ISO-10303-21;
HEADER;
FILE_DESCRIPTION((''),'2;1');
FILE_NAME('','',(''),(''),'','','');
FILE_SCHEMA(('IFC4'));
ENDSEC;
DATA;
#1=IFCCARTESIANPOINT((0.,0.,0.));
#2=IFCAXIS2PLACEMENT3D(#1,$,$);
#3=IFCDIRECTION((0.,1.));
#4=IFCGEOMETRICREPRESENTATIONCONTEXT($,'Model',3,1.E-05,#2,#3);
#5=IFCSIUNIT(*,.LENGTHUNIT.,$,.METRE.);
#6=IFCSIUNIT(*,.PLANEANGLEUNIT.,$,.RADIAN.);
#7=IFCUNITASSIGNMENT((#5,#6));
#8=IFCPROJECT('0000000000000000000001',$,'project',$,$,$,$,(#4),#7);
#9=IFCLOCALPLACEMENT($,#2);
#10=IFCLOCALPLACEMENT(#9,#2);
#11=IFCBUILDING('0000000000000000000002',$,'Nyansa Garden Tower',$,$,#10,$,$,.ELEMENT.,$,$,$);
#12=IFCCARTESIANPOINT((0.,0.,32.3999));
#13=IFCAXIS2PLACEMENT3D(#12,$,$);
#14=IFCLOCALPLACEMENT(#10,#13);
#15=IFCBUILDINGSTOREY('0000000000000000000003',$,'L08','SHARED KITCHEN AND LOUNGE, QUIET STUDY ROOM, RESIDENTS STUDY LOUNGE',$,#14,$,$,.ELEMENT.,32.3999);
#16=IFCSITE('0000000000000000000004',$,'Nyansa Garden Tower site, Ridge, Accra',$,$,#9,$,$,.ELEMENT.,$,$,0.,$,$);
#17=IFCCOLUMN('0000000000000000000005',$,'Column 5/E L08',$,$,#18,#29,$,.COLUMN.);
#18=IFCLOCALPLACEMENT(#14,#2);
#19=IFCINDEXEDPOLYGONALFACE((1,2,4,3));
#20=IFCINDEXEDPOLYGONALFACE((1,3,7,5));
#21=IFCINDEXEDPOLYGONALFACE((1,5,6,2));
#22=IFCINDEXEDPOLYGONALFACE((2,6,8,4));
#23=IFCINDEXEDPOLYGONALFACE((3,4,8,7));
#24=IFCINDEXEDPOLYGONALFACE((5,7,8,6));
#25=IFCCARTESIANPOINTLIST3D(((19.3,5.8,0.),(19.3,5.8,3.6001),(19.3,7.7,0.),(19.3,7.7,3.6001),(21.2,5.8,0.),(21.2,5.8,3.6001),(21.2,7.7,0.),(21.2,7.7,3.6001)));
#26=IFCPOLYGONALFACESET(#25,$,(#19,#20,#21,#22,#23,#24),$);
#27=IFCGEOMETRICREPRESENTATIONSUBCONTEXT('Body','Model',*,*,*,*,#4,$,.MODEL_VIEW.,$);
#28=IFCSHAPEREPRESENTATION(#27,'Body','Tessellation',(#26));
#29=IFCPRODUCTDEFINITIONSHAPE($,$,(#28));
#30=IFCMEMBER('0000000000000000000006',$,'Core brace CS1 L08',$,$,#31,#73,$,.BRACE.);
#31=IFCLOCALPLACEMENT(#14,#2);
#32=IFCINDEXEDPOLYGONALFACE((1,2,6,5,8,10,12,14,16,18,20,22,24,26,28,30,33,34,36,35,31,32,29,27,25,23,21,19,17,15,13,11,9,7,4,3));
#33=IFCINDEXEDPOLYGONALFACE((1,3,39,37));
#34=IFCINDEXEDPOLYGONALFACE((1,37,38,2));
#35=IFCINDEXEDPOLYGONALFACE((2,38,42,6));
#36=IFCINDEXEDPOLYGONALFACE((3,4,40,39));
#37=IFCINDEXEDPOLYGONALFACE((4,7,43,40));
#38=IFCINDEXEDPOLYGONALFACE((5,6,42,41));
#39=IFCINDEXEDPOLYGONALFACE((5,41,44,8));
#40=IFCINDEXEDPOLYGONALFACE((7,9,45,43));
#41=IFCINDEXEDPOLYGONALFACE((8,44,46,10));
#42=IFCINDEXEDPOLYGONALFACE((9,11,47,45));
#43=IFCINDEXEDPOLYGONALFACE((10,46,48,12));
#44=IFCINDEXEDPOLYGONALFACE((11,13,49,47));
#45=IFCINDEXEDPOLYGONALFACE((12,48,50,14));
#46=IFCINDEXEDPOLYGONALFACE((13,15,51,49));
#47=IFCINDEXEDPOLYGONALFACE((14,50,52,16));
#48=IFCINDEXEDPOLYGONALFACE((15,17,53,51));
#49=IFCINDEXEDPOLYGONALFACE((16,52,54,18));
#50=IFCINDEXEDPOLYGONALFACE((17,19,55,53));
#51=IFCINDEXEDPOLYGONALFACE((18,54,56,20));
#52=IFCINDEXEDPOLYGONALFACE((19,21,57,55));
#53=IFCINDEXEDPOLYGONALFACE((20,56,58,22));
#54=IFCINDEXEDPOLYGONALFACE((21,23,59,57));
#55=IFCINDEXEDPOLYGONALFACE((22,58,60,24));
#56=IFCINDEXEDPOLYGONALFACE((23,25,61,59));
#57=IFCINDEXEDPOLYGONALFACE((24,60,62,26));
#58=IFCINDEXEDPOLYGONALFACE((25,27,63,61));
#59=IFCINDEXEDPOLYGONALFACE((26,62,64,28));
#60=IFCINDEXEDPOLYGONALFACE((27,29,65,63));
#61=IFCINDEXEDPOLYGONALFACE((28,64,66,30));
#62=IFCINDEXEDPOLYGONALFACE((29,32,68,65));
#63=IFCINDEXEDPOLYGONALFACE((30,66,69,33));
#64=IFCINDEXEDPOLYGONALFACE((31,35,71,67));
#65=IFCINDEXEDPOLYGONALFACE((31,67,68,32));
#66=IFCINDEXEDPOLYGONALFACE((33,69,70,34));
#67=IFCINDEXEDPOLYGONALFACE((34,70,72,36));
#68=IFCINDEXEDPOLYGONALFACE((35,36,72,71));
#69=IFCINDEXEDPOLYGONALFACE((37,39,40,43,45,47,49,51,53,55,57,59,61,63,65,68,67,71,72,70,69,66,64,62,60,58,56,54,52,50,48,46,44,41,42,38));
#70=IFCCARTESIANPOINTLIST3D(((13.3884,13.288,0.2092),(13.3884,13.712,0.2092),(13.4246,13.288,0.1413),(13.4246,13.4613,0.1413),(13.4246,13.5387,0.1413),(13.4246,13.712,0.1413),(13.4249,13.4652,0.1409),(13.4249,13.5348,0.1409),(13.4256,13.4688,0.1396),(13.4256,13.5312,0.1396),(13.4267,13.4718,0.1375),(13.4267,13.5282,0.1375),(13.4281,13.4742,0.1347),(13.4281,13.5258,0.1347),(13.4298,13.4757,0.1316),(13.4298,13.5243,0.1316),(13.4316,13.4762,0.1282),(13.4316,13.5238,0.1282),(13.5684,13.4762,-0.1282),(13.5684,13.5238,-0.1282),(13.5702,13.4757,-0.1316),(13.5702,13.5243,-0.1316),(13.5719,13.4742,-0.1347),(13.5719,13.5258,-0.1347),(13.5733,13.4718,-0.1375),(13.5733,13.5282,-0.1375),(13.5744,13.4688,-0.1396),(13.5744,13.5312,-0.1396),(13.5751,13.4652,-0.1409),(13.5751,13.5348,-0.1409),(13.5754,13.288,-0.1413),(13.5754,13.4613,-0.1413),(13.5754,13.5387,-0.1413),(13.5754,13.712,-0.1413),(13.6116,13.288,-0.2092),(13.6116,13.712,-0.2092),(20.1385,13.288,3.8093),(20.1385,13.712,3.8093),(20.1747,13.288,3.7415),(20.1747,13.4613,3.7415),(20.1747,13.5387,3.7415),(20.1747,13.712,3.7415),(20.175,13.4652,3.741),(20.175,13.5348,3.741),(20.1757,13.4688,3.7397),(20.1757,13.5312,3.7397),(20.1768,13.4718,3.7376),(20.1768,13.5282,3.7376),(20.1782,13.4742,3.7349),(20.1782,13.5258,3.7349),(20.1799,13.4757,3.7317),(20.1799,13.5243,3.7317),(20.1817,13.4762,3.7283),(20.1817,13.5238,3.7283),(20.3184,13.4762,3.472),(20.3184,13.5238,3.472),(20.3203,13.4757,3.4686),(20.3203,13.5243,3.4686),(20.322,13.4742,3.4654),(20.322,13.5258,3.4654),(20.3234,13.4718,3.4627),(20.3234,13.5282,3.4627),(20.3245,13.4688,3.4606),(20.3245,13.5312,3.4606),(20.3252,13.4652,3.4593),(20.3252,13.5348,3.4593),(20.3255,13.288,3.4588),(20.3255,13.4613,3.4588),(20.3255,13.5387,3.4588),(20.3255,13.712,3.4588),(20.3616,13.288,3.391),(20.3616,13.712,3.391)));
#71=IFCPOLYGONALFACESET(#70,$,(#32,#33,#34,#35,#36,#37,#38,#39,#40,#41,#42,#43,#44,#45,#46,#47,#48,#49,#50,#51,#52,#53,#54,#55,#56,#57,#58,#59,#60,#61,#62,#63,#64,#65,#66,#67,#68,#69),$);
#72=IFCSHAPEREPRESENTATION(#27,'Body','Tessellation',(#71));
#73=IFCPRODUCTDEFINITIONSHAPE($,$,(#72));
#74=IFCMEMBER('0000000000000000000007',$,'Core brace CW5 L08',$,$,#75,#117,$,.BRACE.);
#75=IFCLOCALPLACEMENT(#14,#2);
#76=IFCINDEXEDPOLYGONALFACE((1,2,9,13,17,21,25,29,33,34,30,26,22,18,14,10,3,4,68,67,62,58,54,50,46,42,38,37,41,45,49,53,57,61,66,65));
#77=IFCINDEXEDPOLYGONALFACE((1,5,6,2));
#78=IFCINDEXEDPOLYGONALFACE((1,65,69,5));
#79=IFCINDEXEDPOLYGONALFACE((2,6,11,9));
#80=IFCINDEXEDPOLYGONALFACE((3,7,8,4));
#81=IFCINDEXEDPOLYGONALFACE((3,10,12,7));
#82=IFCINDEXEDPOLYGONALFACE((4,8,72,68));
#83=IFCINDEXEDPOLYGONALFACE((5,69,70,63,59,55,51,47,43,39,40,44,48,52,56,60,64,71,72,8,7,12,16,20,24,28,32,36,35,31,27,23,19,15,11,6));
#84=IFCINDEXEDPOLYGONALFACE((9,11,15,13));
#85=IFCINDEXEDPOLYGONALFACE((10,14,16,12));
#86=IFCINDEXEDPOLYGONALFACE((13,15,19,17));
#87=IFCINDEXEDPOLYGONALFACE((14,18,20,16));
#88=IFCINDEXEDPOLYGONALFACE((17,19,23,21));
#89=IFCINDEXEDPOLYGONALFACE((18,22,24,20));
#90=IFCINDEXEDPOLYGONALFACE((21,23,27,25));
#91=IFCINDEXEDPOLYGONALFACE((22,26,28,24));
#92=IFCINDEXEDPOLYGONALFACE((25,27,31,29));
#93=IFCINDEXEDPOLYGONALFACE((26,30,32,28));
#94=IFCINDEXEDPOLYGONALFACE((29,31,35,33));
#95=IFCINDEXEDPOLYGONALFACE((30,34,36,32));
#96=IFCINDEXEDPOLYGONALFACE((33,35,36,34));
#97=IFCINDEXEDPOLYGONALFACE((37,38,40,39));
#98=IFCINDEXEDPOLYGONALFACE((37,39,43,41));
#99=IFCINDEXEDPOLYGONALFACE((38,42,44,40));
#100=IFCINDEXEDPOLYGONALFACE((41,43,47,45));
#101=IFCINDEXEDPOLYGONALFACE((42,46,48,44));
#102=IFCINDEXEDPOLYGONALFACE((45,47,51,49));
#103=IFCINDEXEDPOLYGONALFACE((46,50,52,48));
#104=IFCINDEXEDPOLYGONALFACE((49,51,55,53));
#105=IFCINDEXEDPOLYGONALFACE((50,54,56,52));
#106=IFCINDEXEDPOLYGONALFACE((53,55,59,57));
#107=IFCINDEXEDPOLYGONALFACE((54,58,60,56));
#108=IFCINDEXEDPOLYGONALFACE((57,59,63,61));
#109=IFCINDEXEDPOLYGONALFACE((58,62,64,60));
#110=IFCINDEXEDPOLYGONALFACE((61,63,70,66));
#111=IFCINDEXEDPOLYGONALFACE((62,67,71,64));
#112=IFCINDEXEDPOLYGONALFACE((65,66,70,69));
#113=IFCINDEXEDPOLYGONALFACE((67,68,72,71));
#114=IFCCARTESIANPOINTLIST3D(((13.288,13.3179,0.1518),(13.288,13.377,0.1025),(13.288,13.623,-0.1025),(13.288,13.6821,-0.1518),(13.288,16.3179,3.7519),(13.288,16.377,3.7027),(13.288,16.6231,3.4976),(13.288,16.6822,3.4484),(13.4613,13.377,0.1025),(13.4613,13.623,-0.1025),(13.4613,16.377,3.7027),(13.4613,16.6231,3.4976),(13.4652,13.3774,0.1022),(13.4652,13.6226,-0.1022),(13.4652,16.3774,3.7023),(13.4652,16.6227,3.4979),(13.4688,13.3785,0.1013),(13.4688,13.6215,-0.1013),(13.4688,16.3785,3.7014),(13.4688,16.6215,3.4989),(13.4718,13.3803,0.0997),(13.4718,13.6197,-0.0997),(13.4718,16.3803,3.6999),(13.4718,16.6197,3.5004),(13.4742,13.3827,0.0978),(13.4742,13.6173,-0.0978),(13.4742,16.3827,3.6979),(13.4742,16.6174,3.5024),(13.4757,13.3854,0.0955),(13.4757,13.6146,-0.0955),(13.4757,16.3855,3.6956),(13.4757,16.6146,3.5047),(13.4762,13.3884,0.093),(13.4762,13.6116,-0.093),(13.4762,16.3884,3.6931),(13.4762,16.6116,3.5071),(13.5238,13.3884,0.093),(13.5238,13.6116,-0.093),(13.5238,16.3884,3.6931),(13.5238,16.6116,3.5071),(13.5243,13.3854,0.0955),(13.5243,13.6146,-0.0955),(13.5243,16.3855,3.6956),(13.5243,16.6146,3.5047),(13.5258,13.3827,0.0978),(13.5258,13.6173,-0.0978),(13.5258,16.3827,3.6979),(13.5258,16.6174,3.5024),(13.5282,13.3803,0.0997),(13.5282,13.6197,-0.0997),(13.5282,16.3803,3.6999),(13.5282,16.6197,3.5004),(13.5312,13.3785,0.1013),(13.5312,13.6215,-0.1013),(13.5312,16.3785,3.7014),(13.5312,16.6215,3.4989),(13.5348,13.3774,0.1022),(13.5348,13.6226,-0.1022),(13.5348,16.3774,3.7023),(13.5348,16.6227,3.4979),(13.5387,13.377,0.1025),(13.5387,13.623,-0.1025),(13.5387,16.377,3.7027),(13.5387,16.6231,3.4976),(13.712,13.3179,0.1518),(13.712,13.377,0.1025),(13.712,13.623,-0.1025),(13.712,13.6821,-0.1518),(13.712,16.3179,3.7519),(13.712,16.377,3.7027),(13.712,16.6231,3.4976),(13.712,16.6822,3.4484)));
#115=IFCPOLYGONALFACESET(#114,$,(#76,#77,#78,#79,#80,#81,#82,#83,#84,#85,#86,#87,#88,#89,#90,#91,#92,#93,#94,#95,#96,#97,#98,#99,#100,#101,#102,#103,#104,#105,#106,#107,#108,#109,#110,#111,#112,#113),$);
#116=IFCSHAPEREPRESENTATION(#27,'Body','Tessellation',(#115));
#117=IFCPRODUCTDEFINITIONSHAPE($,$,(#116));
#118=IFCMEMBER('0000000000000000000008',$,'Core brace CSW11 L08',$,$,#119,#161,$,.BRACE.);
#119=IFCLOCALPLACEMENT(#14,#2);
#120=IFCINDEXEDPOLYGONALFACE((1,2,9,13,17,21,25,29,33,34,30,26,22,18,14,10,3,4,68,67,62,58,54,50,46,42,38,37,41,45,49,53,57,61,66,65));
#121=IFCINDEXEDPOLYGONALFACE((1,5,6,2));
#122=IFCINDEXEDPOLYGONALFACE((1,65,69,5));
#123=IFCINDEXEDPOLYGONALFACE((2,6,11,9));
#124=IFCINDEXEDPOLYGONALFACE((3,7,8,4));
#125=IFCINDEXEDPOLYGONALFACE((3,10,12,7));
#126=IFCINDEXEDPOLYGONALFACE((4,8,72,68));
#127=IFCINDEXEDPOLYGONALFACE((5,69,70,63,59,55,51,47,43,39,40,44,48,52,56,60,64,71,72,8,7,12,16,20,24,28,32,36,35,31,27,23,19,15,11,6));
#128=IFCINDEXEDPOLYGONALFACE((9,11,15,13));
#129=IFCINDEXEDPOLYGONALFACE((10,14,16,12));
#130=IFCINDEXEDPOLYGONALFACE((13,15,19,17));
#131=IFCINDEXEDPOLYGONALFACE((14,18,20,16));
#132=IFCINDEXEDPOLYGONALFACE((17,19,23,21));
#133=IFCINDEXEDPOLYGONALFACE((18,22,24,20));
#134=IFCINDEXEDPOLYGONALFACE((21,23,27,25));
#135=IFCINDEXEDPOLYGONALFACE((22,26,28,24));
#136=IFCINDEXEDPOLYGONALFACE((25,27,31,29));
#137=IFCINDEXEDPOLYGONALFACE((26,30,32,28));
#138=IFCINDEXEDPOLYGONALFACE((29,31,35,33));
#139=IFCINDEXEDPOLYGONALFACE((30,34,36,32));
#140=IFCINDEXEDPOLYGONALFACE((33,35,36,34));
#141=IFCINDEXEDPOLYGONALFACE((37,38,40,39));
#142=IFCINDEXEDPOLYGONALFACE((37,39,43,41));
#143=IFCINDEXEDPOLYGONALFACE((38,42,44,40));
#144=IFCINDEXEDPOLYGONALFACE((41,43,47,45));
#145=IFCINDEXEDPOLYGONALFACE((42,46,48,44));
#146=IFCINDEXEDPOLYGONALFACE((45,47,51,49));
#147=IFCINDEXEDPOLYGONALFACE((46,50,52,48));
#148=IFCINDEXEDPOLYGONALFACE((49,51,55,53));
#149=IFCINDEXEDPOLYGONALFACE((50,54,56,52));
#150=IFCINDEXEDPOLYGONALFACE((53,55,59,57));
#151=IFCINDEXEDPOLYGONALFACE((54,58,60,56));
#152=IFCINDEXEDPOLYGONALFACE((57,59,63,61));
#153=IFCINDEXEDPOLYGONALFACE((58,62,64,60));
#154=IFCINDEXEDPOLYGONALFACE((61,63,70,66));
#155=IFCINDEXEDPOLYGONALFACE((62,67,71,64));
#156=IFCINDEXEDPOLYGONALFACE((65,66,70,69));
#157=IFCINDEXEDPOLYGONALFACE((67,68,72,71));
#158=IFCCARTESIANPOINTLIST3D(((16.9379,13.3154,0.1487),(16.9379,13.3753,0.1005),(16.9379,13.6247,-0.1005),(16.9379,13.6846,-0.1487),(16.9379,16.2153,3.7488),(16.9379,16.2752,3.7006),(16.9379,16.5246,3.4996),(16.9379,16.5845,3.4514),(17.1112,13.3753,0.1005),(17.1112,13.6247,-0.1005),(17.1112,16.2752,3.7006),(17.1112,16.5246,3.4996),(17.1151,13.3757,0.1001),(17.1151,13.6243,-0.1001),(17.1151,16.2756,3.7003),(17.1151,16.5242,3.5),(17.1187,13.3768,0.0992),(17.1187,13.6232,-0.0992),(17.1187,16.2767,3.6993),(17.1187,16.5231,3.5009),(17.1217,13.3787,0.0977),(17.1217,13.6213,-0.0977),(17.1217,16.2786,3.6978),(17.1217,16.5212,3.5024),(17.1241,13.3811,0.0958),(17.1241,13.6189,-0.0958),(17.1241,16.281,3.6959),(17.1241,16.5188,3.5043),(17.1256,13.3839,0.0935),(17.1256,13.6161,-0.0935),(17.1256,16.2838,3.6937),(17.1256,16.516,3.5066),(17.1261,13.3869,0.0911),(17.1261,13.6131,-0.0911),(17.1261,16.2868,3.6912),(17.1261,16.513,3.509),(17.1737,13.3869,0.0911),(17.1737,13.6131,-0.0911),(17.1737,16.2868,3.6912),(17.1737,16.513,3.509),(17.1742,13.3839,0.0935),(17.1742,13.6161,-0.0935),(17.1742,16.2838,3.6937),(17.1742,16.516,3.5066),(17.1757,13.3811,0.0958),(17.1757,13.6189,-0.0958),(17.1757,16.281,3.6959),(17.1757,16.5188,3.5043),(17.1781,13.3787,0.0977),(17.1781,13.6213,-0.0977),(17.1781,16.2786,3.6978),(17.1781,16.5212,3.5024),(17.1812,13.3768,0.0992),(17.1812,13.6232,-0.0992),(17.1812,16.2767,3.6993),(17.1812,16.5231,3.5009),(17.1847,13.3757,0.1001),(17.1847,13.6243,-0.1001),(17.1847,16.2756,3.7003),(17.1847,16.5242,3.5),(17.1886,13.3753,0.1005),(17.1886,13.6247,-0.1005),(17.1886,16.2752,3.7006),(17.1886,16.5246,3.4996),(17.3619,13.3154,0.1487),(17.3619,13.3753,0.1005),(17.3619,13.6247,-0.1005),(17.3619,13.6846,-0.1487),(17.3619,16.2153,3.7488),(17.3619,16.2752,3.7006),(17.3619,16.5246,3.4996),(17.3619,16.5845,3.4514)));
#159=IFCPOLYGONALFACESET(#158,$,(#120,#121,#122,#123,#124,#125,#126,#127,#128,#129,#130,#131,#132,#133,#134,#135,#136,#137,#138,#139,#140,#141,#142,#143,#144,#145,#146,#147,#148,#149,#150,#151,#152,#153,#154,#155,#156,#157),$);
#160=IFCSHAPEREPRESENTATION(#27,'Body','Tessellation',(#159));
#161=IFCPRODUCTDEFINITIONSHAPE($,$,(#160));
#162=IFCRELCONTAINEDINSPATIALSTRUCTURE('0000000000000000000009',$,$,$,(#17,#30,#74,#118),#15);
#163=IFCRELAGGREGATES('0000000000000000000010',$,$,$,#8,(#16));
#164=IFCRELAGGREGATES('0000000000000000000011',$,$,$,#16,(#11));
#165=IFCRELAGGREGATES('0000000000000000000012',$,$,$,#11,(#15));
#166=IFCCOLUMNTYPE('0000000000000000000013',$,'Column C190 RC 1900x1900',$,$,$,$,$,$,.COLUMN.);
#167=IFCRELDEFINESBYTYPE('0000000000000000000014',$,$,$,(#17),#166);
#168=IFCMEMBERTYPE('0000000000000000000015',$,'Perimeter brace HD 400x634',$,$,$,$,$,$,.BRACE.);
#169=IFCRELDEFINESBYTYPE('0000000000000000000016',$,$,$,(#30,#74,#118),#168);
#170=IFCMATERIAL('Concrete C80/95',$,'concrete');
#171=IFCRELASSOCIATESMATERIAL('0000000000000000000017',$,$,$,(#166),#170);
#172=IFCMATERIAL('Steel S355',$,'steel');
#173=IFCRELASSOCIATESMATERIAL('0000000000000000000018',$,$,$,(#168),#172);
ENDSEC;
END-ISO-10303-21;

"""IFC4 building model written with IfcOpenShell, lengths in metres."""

from ifc_helpers import new_model, si_unit, direction, frame, origin, origin_2d, place, context, subcontext, project, spatial, rectangle, i_section, extrude, material, material_profile, profile_set, type_object, element, save


model = new_model("IFC4")

# Units and contexts
model_context = context("Model", 3, precision=1e-05, world=origin(), true_north=direction((0.0, 1.0)))
body_context = subcontext(model_context, "Body", "Model", "MODEL_VIEW")
ifc_project = project(units=[si_unit("LENGTHUNIT", "METRE"), si_unit("PLANEANGLEUNIT", "RADIAN")], contexts=[model_context])

# Site, building, storey
site_placement = place(None, origin())
site = spatial("IfcSite", under=ifc_project, at=site_placement, Name="Nyansa Garden Tower site, Ridge, Accra", CompositionType="ELEMENT", RefElevation=0.0)
building_placement = place(site_placement, origin())
building = spatial("IfcBuilding", under=site, at=building_placement, Name="Nyansa Garden Tower", CompositionType="ELEMENT")
storey_placement = place(building_placement, frame((0.0, 0.0, 32.3999)))
storey = spatial("IfcBuildingStorey", under=building, at=storey_placement, Name="L08", Description="SHARED KITCHEN AND LOUNGE, QUIET STUDY ROOM, RESIDENTS STUDY LOUNGE", CompositionType="ELEMENT", Elevation=32.3999)

# Column
ifc_material_1 = material(Name="Concrete C80/95", Category="concrete")
ifc_material_profile_1 = material_profile(ifc_material_1, rectangle(XDim=1.8999, YDim=1.8999, at=origin_2d()), Name="RC 1900x1900")
ifc_profile_set_1 = profile_set([ifc_material_profile_1], Name="Concrete C80/95")
column_type = type_object("IfcColumnType", Name="Column C190 RC 1900x1900", PredefinedType="COLUMN", material=ifc_profile_set_1)
column_placement = place(storey_placement, frame((20.25, 6.75, 0.0), z_axis=(0.0, 0.0, 1.0), x_axis=(1.0, 0.0, 0.0)))
element("IfcColumn", 1, at=column_placement, inside=storey, type_object=column_type, Name="Column 5/E L08", PredefinedType="COLUMN", context=body_context, shape_type="SweptSolid", body=[
    extrude(rectangle(XDim=1.8999, YDim=1.8999, at=origin_2d()), origin(), (0.0, 0.0, 1.0), 3.6001),
])

# Members
ifc_material_2 = material(Name="Steel S355", Category="steel")
ifc_material_profile_2 = material_profile(ifc_material_2, i_section(OverallWidth=0.4241, OverallDepth=0.4741, WebThickness=0.0476, FlangeThickness=0.0769, FilletRadius=0.0149, at=origin_2d()), Name="HD 400x634")
ifc_profile_set_2 = profile_set([ifc_material_profile_2], Name="Steel S355")
member_type = type_object("IfcMemberType", Name="Perimeter brace HD 400x634", PredefinedType="BRACE", material=ifc_profile_set_2)
member_1_placement = place(storey_placement, frame((13.5, 13.5, 0.0), z_axis=(0.882348, 0.0, 0.470598), x_axis=(0.0, 1.0, 0.0)))
element("IfcMember", 2, at=member_1_placement, inside=storey, type_object=member_type, Name="Core brace CS1 L08", PredefinedType="BRACE", context=body_context, shape_type="SweptSolid", body=[
    extrude(i_section(OverallWidth=0.4241, OverallDepth=0.4741, WebThickness=0.0476, FlangeThickness=0.0769, FilletRadius=0.0149, at=origin_2d()), origin(), (0.0, 0.0, 1.0), 7.6501),
])
member_2_placement = place(storey_placement, frame((13.5, 13.5, 0.0), z_axis=(0.0, 0.640174, 0.76823), x_axis=(-1.0, 0.0, 0.0)))
element("IfcMember", 3, at=member_2_placement, inside=storey, type_object=member_type, Name="Core brace CW5 L08", PredefinedType="BRACE", context=body_context, shape_type="SweptSolid", body=[
    extrude(i_section(OverallWidth=0.4241, OverallDepth=0.4741, WebThickness=0.0476, FlangeThickness=0.0769, FilletRadius=0.0149, at=origin_2d()), origin(), (0.0, 0.0, 1.0), 4.6863),
])
for number, where, z_axis, x_axis, name in (
    (4, (17.1499, 13.5, 0.0), (0.0, 0.627306, 0.778773), (-1.0, 0.0, 0.0), "Core brace CSW11 L08"),
):
    element("IfcMember", number, at=place(storey_placement, frame(where, z_axis=z_axis, x_axis=x_axis)), inside=storey, type_object=member_type, Name=name, PredefinedType="BRACE", context=body_context, shape_type="SweptSolid", body=[
        extrude(i_section(OverallWidth=0.4241, OverallDepth=0.4741, WebThickness=0.0476, FlangeThickness=0.0769, FilletRadius=0.0149, at=origin_2d()), origin(), (0.0, 0.0, 1.0), 4.6228),
    ])

save(model, "model.ifc")
